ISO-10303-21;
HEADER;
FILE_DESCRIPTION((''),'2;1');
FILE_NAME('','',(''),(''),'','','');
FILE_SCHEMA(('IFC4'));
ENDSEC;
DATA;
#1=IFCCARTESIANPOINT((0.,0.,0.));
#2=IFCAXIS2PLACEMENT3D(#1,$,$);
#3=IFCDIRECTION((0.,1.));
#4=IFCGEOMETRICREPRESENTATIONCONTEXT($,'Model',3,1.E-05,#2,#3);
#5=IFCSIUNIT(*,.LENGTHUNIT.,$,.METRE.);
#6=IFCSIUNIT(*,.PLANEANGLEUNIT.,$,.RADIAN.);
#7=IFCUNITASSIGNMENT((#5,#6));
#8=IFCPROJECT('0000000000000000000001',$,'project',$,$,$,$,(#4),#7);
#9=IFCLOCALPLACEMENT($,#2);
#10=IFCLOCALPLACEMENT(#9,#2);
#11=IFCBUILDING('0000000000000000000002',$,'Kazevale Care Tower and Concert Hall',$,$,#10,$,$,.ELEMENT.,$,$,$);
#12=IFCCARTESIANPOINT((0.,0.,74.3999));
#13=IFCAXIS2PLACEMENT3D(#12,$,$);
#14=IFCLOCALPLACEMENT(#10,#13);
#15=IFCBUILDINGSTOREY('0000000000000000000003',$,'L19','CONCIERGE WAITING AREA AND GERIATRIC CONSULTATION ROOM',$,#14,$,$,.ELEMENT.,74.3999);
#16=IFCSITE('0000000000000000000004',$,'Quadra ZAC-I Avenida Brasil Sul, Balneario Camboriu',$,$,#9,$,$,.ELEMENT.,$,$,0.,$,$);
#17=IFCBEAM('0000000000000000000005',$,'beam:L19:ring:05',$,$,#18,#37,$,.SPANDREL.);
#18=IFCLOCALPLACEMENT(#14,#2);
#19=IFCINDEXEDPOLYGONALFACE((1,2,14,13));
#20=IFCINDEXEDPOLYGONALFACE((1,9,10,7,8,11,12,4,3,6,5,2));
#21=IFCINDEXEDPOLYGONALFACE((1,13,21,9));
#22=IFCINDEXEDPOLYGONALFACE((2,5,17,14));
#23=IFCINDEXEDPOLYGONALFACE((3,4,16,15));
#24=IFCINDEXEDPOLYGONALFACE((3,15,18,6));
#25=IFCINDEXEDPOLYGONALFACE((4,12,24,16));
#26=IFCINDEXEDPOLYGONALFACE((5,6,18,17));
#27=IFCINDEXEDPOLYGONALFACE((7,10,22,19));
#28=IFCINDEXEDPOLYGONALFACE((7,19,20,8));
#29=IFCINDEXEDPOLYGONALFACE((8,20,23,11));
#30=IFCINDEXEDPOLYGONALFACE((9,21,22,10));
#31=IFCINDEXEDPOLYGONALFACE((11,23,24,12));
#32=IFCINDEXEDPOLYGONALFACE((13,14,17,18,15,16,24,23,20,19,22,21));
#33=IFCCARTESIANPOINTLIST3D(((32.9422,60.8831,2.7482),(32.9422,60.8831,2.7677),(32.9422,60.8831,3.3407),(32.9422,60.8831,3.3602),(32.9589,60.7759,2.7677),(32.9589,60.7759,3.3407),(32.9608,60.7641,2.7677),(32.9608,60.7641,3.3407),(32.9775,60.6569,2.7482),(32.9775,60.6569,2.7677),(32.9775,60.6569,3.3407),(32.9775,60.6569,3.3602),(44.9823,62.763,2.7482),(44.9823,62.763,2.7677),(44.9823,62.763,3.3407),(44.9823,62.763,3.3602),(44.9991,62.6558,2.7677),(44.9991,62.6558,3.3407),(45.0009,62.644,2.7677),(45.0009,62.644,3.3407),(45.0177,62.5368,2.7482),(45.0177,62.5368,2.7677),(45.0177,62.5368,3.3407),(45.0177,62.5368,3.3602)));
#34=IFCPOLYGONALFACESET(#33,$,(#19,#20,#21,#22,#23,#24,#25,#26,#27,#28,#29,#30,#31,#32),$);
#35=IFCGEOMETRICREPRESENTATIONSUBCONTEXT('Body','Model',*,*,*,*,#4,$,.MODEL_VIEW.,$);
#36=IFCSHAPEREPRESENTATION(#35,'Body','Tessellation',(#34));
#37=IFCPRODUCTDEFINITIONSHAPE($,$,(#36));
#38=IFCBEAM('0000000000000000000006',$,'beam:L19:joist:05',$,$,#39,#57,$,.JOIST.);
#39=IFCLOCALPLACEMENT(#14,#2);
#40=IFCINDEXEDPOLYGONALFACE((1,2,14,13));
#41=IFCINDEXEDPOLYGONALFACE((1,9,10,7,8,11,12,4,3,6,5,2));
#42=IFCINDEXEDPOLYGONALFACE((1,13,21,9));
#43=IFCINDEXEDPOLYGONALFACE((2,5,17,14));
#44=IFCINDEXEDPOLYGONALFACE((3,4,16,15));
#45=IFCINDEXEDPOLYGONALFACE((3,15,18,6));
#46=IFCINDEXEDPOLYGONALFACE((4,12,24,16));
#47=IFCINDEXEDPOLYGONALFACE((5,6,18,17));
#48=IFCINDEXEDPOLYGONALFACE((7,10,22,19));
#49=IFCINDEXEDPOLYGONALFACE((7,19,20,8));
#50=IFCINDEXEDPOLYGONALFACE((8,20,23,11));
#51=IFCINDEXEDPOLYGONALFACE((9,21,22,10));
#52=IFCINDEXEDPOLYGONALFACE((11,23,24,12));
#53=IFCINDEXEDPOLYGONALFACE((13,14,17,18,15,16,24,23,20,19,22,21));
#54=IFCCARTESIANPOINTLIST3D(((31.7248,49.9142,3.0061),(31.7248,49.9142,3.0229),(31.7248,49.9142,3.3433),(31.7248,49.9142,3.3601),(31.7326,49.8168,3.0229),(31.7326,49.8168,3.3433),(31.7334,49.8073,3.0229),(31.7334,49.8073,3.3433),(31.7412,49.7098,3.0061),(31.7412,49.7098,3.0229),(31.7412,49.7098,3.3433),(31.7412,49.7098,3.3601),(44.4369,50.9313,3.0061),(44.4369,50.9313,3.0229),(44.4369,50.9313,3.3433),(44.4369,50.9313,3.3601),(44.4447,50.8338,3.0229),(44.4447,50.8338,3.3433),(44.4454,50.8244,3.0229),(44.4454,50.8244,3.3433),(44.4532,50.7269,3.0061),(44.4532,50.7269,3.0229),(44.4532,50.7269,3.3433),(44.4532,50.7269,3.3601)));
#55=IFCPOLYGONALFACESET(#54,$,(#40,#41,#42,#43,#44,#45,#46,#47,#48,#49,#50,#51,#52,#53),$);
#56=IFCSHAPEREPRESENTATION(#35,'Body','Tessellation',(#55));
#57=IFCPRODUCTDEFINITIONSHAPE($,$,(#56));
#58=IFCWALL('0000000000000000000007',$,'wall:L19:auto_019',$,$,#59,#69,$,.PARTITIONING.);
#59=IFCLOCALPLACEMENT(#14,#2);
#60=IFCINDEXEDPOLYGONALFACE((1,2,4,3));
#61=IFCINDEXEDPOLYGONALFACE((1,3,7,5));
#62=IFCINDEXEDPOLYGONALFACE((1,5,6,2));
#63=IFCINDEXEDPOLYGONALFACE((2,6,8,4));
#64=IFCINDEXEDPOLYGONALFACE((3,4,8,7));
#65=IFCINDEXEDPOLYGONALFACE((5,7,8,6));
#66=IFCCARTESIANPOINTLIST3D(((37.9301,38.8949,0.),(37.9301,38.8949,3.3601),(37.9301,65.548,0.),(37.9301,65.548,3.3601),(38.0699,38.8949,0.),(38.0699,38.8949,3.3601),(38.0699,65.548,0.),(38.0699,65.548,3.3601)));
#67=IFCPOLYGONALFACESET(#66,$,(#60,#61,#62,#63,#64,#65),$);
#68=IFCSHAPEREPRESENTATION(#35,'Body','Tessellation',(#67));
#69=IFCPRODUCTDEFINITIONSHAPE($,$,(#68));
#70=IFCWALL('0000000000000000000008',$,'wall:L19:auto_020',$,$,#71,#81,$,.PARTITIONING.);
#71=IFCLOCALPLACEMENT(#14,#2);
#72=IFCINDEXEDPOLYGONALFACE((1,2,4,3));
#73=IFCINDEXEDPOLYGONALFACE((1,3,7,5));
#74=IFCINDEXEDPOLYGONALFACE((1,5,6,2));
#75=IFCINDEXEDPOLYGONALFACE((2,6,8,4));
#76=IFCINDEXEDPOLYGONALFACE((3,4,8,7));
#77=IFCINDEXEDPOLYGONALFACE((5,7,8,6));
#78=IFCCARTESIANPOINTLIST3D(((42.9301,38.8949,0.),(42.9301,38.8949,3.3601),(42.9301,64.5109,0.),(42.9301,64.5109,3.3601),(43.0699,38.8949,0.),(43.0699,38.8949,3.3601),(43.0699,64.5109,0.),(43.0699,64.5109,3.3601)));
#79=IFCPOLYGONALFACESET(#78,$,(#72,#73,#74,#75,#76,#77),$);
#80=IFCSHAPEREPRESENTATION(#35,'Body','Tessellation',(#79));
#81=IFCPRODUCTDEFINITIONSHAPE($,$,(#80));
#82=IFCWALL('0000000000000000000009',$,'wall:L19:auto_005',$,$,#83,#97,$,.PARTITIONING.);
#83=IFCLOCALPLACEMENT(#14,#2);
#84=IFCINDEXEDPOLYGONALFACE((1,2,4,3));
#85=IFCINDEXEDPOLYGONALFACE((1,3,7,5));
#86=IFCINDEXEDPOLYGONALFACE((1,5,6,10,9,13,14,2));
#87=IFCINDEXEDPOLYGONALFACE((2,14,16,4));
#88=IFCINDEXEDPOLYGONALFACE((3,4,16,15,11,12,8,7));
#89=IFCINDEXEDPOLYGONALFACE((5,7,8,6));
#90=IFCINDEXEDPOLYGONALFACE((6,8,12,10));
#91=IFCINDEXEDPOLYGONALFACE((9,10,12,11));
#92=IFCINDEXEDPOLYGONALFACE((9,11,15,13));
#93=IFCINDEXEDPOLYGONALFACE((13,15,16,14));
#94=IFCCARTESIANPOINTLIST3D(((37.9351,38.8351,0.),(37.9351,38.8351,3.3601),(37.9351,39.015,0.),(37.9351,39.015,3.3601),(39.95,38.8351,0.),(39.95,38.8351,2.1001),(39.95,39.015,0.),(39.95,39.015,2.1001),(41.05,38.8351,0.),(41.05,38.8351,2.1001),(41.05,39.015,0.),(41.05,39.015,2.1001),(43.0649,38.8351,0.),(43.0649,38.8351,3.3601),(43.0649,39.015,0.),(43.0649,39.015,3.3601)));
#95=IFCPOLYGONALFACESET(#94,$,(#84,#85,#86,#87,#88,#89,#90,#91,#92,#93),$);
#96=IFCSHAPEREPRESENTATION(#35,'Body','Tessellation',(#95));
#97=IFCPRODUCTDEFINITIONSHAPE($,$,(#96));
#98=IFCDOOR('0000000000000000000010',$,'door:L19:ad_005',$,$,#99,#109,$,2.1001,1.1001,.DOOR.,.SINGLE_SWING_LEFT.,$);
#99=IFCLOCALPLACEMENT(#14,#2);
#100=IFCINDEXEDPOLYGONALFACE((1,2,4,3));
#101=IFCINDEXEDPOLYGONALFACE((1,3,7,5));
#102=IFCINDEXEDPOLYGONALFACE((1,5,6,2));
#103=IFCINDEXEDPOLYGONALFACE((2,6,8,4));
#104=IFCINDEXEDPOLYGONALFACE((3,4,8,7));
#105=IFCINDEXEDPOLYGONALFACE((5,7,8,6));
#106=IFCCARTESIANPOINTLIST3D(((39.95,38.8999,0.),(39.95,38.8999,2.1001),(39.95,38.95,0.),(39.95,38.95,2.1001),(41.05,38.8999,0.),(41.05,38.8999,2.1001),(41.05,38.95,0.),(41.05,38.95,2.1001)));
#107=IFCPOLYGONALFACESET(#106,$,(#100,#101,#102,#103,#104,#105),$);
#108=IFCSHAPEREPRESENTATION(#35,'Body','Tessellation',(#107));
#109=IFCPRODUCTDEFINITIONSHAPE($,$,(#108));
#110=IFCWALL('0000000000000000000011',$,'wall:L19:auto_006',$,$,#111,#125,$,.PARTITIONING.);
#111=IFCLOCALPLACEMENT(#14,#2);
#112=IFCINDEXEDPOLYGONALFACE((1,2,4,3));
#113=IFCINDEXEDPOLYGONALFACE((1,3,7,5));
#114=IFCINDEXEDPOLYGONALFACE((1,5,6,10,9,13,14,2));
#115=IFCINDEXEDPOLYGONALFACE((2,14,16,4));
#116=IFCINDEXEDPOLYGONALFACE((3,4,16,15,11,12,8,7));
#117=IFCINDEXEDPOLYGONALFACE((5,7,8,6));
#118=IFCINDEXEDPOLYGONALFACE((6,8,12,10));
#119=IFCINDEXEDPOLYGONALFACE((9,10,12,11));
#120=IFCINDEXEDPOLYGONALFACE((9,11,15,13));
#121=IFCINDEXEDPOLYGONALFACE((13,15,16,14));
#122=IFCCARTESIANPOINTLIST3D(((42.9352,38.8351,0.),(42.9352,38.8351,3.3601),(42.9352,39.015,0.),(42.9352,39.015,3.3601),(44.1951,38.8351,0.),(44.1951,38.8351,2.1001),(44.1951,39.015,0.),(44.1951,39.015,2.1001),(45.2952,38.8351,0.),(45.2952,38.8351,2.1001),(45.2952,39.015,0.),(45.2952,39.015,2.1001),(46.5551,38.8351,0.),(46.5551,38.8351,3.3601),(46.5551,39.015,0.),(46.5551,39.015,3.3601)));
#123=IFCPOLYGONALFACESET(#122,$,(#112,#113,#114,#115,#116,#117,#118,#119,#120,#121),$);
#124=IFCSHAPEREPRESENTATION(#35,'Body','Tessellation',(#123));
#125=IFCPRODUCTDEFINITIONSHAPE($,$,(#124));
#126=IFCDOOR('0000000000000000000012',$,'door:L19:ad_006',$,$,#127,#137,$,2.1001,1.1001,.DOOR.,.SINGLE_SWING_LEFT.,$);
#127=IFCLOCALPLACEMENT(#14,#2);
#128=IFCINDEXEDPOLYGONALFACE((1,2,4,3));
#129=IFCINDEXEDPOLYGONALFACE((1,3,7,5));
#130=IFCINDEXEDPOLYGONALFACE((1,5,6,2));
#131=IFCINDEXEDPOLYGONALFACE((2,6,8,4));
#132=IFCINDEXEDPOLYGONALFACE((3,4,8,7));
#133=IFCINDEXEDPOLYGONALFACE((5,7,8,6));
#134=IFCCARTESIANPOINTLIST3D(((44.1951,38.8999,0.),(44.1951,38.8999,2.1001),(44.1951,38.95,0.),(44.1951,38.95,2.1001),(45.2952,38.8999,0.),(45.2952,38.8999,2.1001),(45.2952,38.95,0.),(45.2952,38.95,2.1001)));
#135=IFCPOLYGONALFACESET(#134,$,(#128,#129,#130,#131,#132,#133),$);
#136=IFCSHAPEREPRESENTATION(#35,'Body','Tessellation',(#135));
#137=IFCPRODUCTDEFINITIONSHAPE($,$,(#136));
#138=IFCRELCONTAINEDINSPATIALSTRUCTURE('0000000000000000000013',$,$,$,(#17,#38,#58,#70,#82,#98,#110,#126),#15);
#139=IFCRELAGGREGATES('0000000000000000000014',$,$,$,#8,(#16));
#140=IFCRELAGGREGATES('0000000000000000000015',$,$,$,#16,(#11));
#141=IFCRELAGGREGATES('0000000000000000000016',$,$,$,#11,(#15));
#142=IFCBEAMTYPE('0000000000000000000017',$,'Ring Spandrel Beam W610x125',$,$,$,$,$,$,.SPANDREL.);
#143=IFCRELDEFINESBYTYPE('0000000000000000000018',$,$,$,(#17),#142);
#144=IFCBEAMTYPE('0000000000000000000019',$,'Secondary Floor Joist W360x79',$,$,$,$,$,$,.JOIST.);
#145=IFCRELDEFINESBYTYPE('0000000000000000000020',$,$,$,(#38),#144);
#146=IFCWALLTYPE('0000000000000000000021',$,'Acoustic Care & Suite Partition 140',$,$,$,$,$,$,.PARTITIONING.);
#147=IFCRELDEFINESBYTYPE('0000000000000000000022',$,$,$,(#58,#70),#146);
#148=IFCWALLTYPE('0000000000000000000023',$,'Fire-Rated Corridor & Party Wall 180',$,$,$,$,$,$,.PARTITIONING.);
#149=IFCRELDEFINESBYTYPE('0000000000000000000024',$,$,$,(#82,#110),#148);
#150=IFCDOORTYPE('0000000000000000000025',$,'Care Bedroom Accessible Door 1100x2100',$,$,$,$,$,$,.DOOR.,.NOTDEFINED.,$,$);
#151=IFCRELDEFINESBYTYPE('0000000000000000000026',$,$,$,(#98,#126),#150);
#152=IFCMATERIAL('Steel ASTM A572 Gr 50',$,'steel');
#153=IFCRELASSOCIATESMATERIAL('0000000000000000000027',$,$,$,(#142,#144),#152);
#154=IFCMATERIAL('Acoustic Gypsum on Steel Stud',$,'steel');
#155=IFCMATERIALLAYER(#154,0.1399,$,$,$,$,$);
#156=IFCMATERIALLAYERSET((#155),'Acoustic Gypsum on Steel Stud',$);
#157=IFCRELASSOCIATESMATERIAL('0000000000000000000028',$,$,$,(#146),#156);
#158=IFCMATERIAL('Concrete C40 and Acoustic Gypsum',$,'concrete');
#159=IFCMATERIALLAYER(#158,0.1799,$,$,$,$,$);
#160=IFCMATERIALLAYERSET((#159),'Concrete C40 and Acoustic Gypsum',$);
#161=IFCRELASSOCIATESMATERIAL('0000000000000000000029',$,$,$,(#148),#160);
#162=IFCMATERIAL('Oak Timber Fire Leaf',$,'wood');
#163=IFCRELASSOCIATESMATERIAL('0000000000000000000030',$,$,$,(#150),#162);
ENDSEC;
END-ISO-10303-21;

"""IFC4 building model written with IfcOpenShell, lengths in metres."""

from ifc_helpers import new_model, si_unit, direction, frame, frame_2d, origin, origin_2d, place, context, subcontext, project, spatial, rectangle, i_section, extrude, material, layer, layer_set, material_profile, profile_set, type_object, element, fill, save


model = new_model("IFC4")

# Units and contexts
model_context = context("Model", 3, precision=1e-05, world=origin(), true_north=direction((0.0, 1.0)))
body_context = subcontext(model_context, "Body", "Model", "MODEL_VIEW")
ifc_project = project(units=[si_unit("LENGTHUNIT", "METRE"), si_unit("PLANEANGLEUNIT", "RADIAN")], contexts=[model_context])

# Site, building, storey
site_placement = place(None, origin())
site = spatial("IfcSite", under=ifc_project, at=site_placement, Name="Quadra ZAC-I Avenida Brasil Sul, Balneario Camboriu", CompositionType="ELEMENT", RefElevation=0.0)
building_placement = place(site_placement, origin())
building = spatial("IfcBuilding", under=site, at=building_placement, Name="Kazevale Care Tower and Concert Hall", CompositionType="ELEMENT")
storey_placement = place(building_placement, frame((0.0, 0.0, 74.3999)))
storey = spatial("IfcBuildingStorey", under=building, at=storey_placement, Name="L19", Description="CONCIERGE WAITING AREA AND GERIATRIC CONSULTATION ROOM", CompositionType="ELEMENT", Elevation=74.3999)

# Beams
ifc_material_1 = material(Name="Steel ASTM A572 Gr 50", Category="steel")
ifc_material_profile_1 = material_profile(ifc_material_1, i_section(OverallWidth=0.229, OverallDepth=0.6121, WebThickness=0.012, FlangeThickness=0.0195, at=origin_2d()), Name="W610x125")
ifc_profile_set_1 = profile_set([ifc_material_profile_1], Name="Steel ASTM A572 Gr 50")
beam_type_1 = type_object("IfcBeamType", Name="Ring Spandrel Beam W610x125", PredefinedType="SPANDREL", material=ifc_profile_set_1)
beam_1_placement = place(storey_placement, frame((45.0, 62.6499, 3.0542), z_axis=(-0.988029, -0.154267, 0.0), x_axis=(0.154267, -0.988029, 0.0)))
element("IfcBeam", 1, at=beam_1_placement, inside=storey, type_object=beam_type_1, Name="beam:L19:ring:05", PredefinedType="SPANDREL", context=body_context, shape_type="SweptSolid", body=[
    extrude(i_section(OverallWidth=0.229, OverallDepth=0.6121, WebThickness=0.012, FlangeThickness=0.0195, at=origin_2d()), origin(), (0.0, 0.0, 1.0), 12.186),
])
ifc_material_profile_2 = material_profile(ifc_material_1, i_section(OverallWidth=0.2051, OverallDepth=0.354, WebThickness=0.0095, FlangeThickness=0.0168, at=origin_2d()), Name="W360x79")
ifc_profile_set_2 = profile_set([ifc_material_profile_2], Name="Steel ASTM A572 Gr 50")
beam_type_2 = type_object("IfcBeamType", Name="Secondary Floor Joist W360x79", PredefinedType="JOIST", material=ifc_profile_set_2)
beam_2_placement = place(storey_placement, frame((44.4451, 50.8291, 3.1831), z_axis=(-0.996815, -0.079754, 0.0), x_axis=(0.079754, -0.996815, 0.0)))
element("IfcBeam", 2, at=beam_2_placement, inside=storey, type_object=beam_type_2, Name="beam:L19:joist:05", PredefinedType="JOIST", context=body_context, shape_type="SweptSolid", body=[
    extrude(i_section(OverallWidth=0.2051, OverallDepth=0.354, WebThickness=0.0095, FlangeThickness=0.0168, at=origin_2d()), origin(), (0.0, 0.0, 1.0), 12.7527),
])

# Walls
ifc_material_2 = material(Name="Acoustic Gypsum on Steel Stud", Category="steel")
ifc_layer_1 = layer(ifc_material_2, 0.1399)
ifc_layer_set_1 = layer_set([ifc_layer_1], Name="Acoustic Gypsum on Steel Stud")
wall_type_1 = type_object("IfcWallType", Name="Acoustic Care & Suite Partition 140", PredefinedType="PARTITIONING", material=ifc_layer_set_1)
wall_1_placement = place(storey_placement, frame((38.0, 65.5481, 0.0), z_axis=(0.0, 0.0, 1.0), x_axis=(0.0, -1.0, 0.0)))
element("IfcWall", 3, at=wall_1_placement, inside=storey, type_object=wall_type_1, Name="wall:L19:auto_019", PredefinedType="PARTITIONING", context=body_context, shape_type="SweptSolid", body=[
    extrude(rectangle(XDim=26.6531, YDim=0.1399, at=frame_2d((13.3267, 0.0))), origin(), (0.0, 0.0, 1.0), 3.3601),
])
wall_2_placement = place(storey_placement, frame((43.0, 64.511, 0.0), z_axis=(0.0, 0.0, 1.0), x_axis=(0.0, -1.0, 0.0)))
element("IfcWall", 4, at=wall_2_placement, inside=storey, type_object=wall_type_1, Name="wall:L19:auto_020", PredefinedType="PARTITIONING", context=body_context, shape_type="SweptSolid", body=[
    extrude(rectangle(XDim=25.616, YDim=0.1399, at=frame_2d((12.8081, 0.0))), origin(), (0.0, 0.0, 1.0), 3.3601),
])

# Walls, openings, doors
ifc_material_3 = material(Name="Concrete C40 and Acoustic Gypsum", Category="concrete")
ifc_layer_2 = layer(ifc_material_3, 0.1799)
ifc_layer_set_2 = layer_set([ifc_layer_2], Name="Concrete C40 and Acoustic Gypsum")
wall_type_2 = type_object("IfcWallType", Name="Fire-Rated Corridor & Party Wall 180", PredefinedType="PARTITIONING", material=ifc_layer_set_2)
wall_3_placement = place(storey_placement, frame((37.9351, 38.925, 0.0), z_axis=(0.0, 0.0, 1.0), x_axis=(1.0, 0.0, 0.0)))
wall_3 = element("IfcWall", 5, at=wall_3_placement, inside=storey, type_object=wall_type_2, Name="wall:L19:auto_005", PredefinedType="PARTITIONING", context=body_context, shape_type="SweptSolid", body=[
    extrude(rectangle(XDim=5.1299, YDim=0.1799, at=frame_2d((2.5649, 0.0))), origin(), (0.0, 0.0, 1.0), 3.3601),
])
opening_1_placement = place(wall_3_placement, frame((2.0149, 0.0, 0.0)))
opening_1 = element("IfcOpeningElement", 6, at=opening_1_placement, cuts=wall_3, PredefinedType="OPENING", context=body_context, shape_type="SweptSolid", body=[
    extrude(rectangle(XDim=1.1001, YDim=2.1001, at=frame_2d((0.55, 1.05))), frame((0.0, 0.0999, 0.0), z_axis=(0.0, -1.0, 0.0), x_axis=(1.0, 0.0, 0.0)), (0.0, 0.0, 1.0), 0.2),
])
ifc_material_4 = material(Name="Oak Timber Fire Leaf", Category="wood")
door_type = type_object("IfcDoorType", Name="Care Bedroom Accessible Door 1100x2100", OperationType="NOTDEFINED", PredefinedType="DOOR", material=ifc_material_4)
door_1_placement = place(opening_1_placement, origin())
door_1 = element("IfcDoor", 7, at=door_1_placement, inside=storey, type_object=door_type, Name="door:L19:ad_005", OperationType="SINGLE_SWING_LEFT", OverallHeight=2.1001, OverallWidth=1.1001, PredefinedType="DOOR", context=body_context, shape_type="SweptSolid", body=[
    extrude(rectangle(XDim=1.1001, YDim=2.1001, at=frame_2d((0.55, 1.05))), frame((0.0, 0.0249, 0.0), z_axis=(0.0, -1.0, 0.0), x_axis=(1.0, 0.0, 0.0)), (0.0, 0.0, 1.0), 0.05),
])
fill(opening_1, door_1)
wall_4_placement = place(storey_placement, frame((42.9351, 38.925, 0.0), z_axis=(0.0, 0.0, 1.0), x_axis=(1.0, 0.0, 0.0)))
wall_4 = element("IfcWall", 8, at=wall_4_placement, inside=storey, type_object=wall_type_2, Name="wall:L19:auto_006", PredefinedType="PARTITIONING", context=body_context, shape_type="SweptSolid", body=[
    extrude(rectangle(XDim=3.6199, YDim=0.1799, at=frame_2d((1.8101, 0.0))), origin(), (0.0, 0.0, 1.0), 3.3601),
])
opening_2_placement = place(wall_4_placement, frame((1.26, 0.0, 0.0)))
opening_2 = element("IfcOpeningElement", 9, at=opening_2_placement, cuts=wall_4, PredefinedType="OPENING", context=body_context, shape_type="SweptSolid", body=[
    extrude(rectangle(XDim=1.1001, YDim=2.1001, at=frame_2d((0.55, 1.05))), frame((0.0, 0.0999, 0.0), z_axis=(0.0, -1.0, 0.0), x_axis=(1.0, 0.0, 0.0)), (0.0, 0.0, 1.0), 0.2),
])
door_2_placement = place(opening_2_placement, origin())
door_2 = element("IfcDoor", 10, at=door_2_placement, inside=storey, type_object=door_type, Name="door:L19:ad_006", OperationType="SINGLE_SWING_LEFT", OverallHeight=2.1001, OverallWidth=1.1001, PredefinedType="DOOR", context=body_context, shape_type="SweptSolid", body=[
    extrude(rectangle(XDim=1.1001, YDim=2.1001, at=frame_2d((0.55, 1.05))), frame((0.0, 0.0249, 0.0), z_axis=(0.0, -1.0, 0.0), x_axis=(1.0, 0.0, 0.0)), (0.0, 0.0, 1.0), 0.05),
])
fill(opening_2, door_2)

save(model, "model.ifc")
